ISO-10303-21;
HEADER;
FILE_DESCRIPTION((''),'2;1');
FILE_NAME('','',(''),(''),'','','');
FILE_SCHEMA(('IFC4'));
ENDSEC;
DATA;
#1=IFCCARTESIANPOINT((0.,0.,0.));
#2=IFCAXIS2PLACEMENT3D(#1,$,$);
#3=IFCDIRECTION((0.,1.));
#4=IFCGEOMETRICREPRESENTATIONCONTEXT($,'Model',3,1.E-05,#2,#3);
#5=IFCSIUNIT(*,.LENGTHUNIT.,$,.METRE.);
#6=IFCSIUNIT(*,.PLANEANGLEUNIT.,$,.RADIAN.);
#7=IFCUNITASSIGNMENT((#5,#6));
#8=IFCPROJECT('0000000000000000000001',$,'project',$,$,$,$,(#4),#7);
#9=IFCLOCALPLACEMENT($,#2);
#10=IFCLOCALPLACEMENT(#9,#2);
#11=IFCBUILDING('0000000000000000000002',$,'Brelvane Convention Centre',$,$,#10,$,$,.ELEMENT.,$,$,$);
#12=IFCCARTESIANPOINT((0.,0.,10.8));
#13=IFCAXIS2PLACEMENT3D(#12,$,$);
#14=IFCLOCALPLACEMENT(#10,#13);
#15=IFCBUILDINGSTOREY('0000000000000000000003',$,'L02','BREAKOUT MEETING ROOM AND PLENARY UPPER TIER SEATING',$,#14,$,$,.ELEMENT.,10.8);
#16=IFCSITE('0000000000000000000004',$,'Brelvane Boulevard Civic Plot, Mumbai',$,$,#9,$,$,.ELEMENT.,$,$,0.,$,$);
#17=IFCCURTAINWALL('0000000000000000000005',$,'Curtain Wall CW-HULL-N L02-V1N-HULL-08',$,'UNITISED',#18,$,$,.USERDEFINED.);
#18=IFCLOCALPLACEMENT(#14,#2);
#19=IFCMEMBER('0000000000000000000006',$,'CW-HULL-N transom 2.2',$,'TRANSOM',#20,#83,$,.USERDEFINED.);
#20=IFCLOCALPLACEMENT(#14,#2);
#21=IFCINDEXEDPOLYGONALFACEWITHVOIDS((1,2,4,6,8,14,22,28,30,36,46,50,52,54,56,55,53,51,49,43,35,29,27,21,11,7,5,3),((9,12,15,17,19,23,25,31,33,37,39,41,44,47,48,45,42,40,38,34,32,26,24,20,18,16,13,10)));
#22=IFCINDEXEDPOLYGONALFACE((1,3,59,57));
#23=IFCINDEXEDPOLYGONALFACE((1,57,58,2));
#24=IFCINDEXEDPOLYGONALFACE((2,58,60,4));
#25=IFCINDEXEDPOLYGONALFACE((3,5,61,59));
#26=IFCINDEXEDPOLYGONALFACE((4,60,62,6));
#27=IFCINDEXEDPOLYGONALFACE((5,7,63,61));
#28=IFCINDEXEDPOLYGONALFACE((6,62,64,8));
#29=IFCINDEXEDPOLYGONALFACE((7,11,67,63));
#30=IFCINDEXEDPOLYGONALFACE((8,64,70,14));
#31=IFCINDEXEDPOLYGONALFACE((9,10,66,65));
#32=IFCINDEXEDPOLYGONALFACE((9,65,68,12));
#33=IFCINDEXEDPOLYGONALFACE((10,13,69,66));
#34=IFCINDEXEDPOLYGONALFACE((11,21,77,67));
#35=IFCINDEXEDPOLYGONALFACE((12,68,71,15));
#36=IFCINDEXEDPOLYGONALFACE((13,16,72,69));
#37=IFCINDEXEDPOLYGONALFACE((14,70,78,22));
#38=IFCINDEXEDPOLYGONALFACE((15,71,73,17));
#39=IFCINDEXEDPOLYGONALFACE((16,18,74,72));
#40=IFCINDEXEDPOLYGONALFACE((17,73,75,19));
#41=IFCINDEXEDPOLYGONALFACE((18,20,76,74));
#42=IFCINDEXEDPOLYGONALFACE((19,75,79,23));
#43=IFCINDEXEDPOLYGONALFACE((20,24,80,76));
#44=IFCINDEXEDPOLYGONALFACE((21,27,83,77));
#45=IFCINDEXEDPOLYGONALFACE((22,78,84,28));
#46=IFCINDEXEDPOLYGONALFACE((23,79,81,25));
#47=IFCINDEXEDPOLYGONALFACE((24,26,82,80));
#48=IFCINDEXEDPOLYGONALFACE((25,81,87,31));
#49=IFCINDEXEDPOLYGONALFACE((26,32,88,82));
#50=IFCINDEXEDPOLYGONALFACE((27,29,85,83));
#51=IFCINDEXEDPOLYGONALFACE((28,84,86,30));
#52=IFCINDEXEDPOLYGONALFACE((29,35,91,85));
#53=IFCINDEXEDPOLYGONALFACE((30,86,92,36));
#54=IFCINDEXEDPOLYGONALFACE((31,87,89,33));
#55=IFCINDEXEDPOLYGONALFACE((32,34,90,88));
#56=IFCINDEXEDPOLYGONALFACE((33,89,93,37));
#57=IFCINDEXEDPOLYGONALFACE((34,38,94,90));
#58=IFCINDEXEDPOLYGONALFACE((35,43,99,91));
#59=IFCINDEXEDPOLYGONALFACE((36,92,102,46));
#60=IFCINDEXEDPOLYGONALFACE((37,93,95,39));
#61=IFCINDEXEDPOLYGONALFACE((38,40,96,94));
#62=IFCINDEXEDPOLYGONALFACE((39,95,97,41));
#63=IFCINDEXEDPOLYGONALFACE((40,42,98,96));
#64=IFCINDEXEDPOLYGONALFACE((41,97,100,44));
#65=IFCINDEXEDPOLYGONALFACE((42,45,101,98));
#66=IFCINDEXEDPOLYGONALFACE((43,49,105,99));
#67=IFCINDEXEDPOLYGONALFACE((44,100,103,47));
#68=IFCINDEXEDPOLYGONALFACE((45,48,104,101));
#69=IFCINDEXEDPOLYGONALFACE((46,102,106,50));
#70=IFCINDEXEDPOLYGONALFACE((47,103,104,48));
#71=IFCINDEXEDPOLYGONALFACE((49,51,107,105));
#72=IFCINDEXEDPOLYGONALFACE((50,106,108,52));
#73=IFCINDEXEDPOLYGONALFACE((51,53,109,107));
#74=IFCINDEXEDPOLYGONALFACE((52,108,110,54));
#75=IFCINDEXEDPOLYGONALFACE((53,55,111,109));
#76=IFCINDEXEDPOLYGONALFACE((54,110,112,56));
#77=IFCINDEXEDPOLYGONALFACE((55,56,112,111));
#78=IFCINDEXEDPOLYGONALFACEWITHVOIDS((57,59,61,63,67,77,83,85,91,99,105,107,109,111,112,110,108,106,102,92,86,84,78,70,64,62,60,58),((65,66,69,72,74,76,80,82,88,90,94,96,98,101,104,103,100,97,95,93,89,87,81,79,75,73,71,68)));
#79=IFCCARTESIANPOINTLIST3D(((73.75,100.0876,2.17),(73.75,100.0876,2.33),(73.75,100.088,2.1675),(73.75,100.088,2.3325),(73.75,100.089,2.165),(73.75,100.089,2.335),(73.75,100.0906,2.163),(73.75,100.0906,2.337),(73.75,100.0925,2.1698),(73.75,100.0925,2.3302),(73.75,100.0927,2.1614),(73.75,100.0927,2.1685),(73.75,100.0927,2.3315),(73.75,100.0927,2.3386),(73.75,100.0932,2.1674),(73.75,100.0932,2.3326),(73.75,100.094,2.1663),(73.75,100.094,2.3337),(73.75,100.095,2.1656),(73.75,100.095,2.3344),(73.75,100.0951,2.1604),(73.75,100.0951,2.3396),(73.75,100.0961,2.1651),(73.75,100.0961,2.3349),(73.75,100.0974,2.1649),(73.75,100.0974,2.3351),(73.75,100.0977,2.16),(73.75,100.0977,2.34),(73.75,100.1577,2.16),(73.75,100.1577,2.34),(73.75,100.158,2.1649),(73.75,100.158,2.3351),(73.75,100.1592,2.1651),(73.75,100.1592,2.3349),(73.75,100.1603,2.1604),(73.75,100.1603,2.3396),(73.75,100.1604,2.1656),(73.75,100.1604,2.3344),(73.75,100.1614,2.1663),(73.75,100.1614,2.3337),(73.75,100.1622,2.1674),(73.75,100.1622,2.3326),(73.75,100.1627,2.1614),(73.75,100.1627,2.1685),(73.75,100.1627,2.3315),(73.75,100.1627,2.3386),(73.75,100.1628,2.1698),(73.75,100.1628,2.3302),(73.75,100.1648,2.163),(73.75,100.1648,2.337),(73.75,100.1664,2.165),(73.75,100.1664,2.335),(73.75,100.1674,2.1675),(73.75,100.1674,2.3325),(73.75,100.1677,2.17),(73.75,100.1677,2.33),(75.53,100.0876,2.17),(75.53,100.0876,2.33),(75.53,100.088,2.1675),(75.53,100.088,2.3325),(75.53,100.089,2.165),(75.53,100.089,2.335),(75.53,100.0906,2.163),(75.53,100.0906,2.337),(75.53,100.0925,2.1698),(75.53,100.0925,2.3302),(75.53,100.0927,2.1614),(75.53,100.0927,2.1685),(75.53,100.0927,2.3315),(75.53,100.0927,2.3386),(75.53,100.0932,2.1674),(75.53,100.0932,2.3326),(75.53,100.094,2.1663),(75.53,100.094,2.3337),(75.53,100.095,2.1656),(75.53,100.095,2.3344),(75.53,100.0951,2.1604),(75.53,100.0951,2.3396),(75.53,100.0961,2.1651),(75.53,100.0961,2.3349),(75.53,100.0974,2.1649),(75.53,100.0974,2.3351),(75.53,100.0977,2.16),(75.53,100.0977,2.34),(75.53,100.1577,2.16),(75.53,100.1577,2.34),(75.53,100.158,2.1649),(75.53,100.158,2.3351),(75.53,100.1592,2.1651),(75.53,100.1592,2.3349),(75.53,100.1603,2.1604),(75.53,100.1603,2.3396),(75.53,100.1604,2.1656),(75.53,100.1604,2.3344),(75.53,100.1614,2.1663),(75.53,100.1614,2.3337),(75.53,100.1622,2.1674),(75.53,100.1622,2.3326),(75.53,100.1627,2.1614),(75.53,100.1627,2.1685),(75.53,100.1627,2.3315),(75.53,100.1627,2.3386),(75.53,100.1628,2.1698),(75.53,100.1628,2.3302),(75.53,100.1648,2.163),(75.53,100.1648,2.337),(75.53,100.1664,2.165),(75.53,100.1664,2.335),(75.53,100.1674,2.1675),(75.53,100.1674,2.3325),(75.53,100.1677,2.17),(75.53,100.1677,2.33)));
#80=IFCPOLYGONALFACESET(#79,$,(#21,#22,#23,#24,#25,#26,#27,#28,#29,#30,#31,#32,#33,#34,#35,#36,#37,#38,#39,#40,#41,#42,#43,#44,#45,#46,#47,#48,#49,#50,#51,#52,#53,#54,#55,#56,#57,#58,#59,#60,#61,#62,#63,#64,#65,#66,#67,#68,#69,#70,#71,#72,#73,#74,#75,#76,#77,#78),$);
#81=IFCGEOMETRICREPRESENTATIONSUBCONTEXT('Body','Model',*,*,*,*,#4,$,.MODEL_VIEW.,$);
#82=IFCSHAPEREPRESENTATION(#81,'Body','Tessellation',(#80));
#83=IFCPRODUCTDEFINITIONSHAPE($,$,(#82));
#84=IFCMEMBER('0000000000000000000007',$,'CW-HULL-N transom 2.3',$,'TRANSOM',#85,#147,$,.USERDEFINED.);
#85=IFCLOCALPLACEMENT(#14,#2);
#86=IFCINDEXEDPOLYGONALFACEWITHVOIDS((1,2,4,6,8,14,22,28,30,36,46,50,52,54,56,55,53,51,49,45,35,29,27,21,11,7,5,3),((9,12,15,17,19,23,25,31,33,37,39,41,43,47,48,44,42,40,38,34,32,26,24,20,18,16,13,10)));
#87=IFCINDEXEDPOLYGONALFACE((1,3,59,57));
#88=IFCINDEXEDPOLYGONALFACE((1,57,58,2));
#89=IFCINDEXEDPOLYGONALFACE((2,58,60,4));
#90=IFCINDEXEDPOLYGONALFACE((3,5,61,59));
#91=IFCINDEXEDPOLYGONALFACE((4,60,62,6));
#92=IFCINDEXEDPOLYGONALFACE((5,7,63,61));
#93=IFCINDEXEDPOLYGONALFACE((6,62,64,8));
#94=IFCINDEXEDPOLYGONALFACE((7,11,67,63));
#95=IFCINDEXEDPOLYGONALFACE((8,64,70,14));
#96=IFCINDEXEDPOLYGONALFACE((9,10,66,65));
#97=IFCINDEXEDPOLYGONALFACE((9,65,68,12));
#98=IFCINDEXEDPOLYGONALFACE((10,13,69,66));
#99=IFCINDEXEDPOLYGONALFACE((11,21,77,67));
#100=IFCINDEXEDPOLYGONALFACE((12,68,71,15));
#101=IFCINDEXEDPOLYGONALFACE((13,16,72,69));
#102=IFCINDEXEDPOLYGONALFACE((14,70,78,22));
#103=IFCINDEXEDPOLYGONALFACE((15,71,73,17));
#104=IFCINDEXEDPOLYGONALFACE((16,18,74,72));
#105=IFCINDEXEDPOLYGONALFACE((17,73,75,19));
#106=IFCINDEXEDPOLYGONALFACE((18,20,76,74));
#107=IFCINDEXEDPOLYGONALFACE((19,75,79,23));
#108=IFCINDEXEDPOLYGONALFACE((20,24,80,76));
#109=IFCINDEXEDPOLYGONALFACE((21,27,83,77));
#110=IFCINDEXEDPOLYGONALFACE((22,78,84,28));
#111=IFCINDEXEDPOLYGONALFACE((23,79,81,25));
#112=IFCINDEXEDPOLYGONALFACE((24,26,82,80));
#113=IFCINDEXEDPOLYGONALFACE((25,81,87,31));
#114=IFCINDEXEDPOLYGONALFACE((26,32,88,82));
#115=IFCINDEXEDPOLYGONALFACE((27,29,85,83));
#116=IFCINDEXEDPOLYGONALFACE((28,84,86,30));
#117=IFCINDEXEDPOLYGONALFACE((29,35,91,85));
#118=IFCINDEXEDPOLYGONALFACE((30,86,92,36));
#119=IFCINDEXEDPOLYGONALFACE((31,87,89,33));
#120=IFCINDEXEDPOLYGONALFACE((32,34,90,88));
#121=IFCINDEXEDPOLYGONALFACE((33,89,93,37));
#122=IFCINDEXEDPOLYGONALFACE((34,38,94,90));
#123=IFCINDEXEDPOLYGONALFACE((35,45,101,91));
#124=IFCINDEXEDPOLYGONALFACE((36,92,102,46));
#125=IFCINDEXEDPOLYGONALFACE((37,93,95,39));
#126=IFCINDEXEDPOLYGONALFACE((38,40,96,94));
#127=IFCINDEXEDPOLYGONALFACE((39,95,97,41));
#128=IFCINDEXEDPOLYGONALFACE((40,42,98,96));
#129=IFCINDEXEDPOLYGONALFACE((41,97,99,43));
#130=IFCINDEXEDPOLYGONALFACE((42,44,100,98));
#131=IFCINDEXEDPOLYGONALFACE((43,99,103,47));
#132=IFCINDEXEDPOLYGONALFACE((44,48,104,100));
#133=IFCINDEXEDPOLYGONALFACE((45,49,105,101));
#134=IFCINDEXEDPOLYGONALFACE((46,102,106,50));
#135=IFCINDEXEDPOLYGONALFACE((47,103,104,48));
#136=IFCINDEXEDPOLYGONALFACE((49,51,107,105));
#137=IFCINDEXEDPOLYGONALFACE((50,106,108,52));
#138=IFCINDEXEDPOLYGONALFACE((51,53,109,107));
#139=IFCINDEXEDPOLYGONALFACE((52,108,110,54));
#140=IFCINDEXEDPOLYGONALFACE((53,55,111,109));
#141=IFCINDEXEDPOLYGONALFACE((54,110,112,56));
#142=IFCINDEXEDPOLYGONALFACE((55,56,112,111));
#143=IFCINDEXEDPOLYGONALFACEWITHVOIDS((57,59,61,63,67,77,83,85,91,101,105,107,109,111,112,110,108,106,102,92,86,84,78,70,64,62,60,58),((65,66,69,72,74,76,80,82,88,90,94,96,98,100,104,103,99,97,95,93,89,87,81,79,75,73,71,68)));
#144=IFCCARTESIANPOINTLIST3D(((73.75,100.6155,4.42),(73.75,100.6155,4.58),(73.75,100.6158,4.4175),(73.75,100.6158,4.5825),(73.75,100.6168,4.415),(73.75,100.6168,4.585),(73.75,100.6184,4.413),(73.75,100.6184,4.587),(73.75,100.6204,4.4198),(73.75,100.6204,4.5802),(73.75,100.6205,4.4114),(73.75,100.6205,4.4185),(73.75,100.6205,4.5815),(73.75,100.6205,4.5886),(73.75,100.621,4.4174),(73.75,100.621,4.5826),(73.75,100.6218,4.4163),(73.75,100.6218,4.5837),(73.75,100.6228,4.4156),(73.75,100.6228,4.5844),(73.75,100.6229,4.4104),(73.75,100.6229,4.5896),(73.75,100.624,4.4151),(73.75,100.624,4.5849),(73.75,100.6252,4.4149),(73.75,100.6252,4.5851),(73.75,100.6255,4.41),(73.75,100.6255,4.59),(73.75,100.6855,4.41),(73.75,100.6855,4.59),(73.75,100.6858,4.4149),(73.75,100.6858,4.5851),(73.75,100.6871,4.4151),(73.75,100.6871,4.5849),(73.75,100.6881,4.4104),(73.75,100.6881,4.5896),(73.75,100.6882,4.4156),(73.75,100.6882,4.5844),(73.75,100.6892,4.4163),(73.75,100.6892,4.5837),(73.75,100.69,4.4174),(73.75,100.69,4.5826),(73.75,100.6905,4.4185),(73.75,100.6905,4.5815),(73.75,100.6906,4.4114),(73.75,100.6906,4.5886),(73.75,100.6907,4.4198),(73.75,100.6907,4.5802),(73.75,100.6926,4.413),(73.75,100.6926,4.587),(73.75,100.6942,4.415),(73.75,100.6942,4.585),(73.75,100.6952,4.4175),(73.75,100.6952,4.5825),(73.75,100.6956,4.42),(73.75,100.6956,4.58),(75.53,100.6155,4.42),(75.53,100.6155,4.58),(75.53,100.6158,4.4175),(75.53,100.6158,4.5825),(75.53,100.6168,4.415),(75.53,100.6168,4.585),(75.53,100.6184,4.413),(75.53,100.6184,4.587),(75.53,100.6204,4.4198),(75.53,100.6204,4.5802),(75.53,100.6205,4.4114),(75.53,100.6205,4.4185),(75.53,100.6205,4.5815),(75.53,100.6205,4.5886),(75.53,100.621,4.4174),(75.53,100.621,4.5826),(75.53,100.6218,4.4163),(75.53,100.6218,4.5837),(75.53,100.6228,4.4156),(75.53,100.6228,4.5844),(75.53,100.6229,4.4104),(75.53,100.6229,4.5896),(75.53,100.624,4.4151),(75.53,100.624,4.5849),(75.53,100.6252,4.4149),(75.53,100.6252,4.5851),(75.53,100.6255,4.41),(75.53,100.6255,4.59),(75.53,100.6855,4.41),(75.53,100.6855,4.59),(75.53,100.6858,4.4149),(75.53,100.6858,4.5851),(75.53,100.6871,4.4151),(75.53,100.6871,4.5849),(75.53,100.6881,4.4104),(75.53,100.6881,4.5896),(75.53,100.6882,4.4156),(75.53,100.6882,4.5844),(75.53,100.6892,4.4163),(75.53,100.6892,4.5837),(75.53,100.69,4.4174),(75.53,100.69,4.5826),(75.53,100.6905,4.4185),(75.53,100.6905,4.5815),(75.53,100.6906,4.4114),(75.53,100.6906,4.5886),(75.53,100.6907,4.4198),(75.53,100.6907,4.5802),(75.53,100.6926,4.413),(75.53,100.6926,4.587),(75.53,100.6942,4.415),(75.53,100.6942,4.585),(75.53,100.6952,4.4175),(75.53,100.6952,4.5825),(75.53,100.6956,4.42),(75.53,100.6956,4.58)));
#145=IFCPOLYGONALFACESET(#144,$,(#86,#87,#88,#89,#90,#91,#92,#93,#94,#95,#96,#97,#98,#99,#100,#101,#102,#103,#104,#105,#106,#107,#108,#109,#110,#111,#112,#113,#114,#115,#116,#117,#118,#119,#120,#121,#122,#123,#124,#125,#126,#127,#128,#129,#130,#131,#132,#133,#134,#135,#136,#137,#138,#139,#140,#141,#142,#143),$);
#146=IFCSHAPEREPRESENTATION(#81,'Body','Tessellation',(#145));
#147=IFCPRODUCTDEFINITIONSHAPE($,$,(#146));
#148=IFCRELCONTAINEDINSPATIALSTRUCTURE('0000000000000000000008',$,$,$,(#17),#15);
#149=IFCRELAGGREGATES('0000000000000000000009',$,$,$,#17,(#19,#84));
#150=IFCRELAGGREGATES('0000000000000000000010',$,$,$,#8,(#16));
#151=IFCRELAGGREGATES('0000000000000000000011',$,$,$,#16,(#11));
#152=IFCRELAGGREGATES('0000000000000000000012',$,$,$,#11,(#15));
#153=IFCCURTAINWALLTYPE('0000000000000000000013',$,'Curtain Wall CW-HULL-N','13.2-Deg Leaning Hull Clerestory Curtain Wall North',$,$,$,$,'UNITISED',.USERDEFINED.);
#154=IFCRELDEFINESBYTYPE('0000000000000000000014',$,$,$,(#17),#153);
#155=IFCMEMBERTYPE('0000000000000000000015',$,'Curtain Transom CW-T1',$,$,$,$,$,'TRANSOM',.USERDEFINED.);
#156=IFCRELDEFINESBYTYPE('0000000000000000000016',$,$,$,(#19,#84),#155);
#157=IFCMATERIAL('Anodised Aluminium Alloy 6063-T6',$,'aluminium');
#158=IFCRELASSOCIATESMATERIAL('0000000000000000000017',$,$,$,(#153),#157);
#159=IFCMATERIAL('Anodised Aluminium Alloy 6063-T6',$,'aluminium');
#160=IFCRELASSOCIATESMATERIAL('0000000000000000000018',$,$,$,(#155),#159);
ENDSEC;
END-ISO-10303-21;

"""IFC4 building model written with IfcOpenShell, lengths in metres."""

from ifc_helpers import new_model, si_unit, direction, frame, origin, origin_2d, place, context, subcontext, project, spatial, hollow_rectangle, extrude, material, material_profile, profile_set, type_object, element, aggregate, save


model = new_model("IFC4")

# Units and contexts
model_context = context("Model", 3, precision=1e-05, world=origin(), true_north=direction((0.0, 1.0)))
body_context = subcontext(model_context, "Body", "Model", "MODEL_VIEW")
ifc_project = project(units=[si_unit("LENGTHUNIT", "METRE"), si_unit("PLANEANGLEUNIT", "RADIAN")], contexts=[model_context])

# Site, building, storey
site_placement = place(None, origin())
site = spatial("IfcSite", under=ifc_project, at=site_placement, Name="Brelvane Boulevard Civic Plot, Mumbai", CompositionType="ELEMENT", RefElevation=0.0)
building_placement = place(site_placement, origin())
building = spatial("IfcBuilding", under=site, at=building_placement, Name="Brelvane Convention Centre", CompositionType="ELEMENT")
storey_placement = place(building_placement, frame((0.0, 0.0, 10.8)))
storey = spatial("IfcBuildingStorey", under=building, at=storey_placement, Name="L02", Description="BREAKOUT MEETING ROOM AND PLENARY UPPER TIER SEATING", CompositionType="ELEMENT", Elevation=10.8)

# Shared definitions
ifc_material_1 = material(Name="Anodised Aluminium Alloy 6063-T6", Category="aluminium")
curtain_wall_type = type_object("IfcCurtainWallType", Name="Curtain Wall CW-HULL-N", Description="13.2-Deg Leaning Hull Clerestory Curtain Wall North", ElementType="UNITISED", PredefinedType="USERDEFINED", material=ifc_material_1)

# Curtain wall
curtain_wall_1_placement = place(storey_placement, origin())
curtain_wall_1 = element("IfcCurtainWall", 1, at=curtain_wall_1_placement, inside=storey, type_object=curtain_wall_type, Name="Curtain Wall CW-HULL-N L02-V1N-HULL-08", ObjectType="UNITISED", PredefinedType="USERDEFINED")

# Members
ifc_material_2 = material(Name="Anodised Aluminium Alloy 6063-T6", Category="aluminium")
ifc_material_profile_1 = material_profile(ifc_material_2, hollow_rectangle(XDim=0.0801, YDim=0.1799, WallThickness=0.0049, InnerFilletRadius=0.0049, OuterFilletRadius=0.01, at=origin_2d()), Name="ALU-T 180x80x5.0")
ifc_profile_set_1 = profile_set([ifc_material_profile_1], Name="Anodised Aluminium Alloy 6063-T6")
member_type_1 = type_object("IfcMemberType", Name="Curtain Transom CW-T1", ElementType="TRANSOM", PredefinedType="USERDEFINED", material=ifc_profile_set_1)
member_1_placement = place(storey_placement, frame((73.75, 100.1277, 2.25), z_axis=(1.0, 0.0, 0.0), x_axis=(0.0, 1.0, 0.0)))
member_1 = element("IfcMember", 2, at=member_1_placement, type_object=member_type_1, Name="CW-HULL-N transom 2.2", ObjectType="TRANSOM", PredefinedType="USERDEFINED", context=body_context, shape_type="SweptSolid", body=[
    extrude(hollow_rectangle(XDim=0.0801, YDim=0.1799, WallThickness=0.0049, InnerFilletRadius=0.0049, OuterFilletRadius=0.01, at=origin_2d()), origin(), (0.0, 0.0, 1.0), 1.78),
])
member_2_placement = place(storey_placement, frame((73.75, 100.6555, 4.5), z_axis=(1.0, 0.0, 0.0), x_axis=(0.0, 1.0, 0.0)))
member_2 = element("IfcMember", 3, at=member_2_placement, type_object=member_type_1, Name="CW-HULL-N transom 2.3", ObjectType="TRANSOM", PredefinedType="USERDEFINED", context=body_context, shape_type="SweptSolid", body=[
    extrude(hollow_rectangle(XDim=0.0801, YDim=0.1799, WallThickness=0.0049, InnerFilletRadius=0.0049, OuterFilletRadius=0.01, at=origin_2d()), origin(), (0.0, 0.0, 1.0), 1.78),
])

aggregate(curtain_wall_1, [member_1, member_2])

save(model, "model.ifc")
